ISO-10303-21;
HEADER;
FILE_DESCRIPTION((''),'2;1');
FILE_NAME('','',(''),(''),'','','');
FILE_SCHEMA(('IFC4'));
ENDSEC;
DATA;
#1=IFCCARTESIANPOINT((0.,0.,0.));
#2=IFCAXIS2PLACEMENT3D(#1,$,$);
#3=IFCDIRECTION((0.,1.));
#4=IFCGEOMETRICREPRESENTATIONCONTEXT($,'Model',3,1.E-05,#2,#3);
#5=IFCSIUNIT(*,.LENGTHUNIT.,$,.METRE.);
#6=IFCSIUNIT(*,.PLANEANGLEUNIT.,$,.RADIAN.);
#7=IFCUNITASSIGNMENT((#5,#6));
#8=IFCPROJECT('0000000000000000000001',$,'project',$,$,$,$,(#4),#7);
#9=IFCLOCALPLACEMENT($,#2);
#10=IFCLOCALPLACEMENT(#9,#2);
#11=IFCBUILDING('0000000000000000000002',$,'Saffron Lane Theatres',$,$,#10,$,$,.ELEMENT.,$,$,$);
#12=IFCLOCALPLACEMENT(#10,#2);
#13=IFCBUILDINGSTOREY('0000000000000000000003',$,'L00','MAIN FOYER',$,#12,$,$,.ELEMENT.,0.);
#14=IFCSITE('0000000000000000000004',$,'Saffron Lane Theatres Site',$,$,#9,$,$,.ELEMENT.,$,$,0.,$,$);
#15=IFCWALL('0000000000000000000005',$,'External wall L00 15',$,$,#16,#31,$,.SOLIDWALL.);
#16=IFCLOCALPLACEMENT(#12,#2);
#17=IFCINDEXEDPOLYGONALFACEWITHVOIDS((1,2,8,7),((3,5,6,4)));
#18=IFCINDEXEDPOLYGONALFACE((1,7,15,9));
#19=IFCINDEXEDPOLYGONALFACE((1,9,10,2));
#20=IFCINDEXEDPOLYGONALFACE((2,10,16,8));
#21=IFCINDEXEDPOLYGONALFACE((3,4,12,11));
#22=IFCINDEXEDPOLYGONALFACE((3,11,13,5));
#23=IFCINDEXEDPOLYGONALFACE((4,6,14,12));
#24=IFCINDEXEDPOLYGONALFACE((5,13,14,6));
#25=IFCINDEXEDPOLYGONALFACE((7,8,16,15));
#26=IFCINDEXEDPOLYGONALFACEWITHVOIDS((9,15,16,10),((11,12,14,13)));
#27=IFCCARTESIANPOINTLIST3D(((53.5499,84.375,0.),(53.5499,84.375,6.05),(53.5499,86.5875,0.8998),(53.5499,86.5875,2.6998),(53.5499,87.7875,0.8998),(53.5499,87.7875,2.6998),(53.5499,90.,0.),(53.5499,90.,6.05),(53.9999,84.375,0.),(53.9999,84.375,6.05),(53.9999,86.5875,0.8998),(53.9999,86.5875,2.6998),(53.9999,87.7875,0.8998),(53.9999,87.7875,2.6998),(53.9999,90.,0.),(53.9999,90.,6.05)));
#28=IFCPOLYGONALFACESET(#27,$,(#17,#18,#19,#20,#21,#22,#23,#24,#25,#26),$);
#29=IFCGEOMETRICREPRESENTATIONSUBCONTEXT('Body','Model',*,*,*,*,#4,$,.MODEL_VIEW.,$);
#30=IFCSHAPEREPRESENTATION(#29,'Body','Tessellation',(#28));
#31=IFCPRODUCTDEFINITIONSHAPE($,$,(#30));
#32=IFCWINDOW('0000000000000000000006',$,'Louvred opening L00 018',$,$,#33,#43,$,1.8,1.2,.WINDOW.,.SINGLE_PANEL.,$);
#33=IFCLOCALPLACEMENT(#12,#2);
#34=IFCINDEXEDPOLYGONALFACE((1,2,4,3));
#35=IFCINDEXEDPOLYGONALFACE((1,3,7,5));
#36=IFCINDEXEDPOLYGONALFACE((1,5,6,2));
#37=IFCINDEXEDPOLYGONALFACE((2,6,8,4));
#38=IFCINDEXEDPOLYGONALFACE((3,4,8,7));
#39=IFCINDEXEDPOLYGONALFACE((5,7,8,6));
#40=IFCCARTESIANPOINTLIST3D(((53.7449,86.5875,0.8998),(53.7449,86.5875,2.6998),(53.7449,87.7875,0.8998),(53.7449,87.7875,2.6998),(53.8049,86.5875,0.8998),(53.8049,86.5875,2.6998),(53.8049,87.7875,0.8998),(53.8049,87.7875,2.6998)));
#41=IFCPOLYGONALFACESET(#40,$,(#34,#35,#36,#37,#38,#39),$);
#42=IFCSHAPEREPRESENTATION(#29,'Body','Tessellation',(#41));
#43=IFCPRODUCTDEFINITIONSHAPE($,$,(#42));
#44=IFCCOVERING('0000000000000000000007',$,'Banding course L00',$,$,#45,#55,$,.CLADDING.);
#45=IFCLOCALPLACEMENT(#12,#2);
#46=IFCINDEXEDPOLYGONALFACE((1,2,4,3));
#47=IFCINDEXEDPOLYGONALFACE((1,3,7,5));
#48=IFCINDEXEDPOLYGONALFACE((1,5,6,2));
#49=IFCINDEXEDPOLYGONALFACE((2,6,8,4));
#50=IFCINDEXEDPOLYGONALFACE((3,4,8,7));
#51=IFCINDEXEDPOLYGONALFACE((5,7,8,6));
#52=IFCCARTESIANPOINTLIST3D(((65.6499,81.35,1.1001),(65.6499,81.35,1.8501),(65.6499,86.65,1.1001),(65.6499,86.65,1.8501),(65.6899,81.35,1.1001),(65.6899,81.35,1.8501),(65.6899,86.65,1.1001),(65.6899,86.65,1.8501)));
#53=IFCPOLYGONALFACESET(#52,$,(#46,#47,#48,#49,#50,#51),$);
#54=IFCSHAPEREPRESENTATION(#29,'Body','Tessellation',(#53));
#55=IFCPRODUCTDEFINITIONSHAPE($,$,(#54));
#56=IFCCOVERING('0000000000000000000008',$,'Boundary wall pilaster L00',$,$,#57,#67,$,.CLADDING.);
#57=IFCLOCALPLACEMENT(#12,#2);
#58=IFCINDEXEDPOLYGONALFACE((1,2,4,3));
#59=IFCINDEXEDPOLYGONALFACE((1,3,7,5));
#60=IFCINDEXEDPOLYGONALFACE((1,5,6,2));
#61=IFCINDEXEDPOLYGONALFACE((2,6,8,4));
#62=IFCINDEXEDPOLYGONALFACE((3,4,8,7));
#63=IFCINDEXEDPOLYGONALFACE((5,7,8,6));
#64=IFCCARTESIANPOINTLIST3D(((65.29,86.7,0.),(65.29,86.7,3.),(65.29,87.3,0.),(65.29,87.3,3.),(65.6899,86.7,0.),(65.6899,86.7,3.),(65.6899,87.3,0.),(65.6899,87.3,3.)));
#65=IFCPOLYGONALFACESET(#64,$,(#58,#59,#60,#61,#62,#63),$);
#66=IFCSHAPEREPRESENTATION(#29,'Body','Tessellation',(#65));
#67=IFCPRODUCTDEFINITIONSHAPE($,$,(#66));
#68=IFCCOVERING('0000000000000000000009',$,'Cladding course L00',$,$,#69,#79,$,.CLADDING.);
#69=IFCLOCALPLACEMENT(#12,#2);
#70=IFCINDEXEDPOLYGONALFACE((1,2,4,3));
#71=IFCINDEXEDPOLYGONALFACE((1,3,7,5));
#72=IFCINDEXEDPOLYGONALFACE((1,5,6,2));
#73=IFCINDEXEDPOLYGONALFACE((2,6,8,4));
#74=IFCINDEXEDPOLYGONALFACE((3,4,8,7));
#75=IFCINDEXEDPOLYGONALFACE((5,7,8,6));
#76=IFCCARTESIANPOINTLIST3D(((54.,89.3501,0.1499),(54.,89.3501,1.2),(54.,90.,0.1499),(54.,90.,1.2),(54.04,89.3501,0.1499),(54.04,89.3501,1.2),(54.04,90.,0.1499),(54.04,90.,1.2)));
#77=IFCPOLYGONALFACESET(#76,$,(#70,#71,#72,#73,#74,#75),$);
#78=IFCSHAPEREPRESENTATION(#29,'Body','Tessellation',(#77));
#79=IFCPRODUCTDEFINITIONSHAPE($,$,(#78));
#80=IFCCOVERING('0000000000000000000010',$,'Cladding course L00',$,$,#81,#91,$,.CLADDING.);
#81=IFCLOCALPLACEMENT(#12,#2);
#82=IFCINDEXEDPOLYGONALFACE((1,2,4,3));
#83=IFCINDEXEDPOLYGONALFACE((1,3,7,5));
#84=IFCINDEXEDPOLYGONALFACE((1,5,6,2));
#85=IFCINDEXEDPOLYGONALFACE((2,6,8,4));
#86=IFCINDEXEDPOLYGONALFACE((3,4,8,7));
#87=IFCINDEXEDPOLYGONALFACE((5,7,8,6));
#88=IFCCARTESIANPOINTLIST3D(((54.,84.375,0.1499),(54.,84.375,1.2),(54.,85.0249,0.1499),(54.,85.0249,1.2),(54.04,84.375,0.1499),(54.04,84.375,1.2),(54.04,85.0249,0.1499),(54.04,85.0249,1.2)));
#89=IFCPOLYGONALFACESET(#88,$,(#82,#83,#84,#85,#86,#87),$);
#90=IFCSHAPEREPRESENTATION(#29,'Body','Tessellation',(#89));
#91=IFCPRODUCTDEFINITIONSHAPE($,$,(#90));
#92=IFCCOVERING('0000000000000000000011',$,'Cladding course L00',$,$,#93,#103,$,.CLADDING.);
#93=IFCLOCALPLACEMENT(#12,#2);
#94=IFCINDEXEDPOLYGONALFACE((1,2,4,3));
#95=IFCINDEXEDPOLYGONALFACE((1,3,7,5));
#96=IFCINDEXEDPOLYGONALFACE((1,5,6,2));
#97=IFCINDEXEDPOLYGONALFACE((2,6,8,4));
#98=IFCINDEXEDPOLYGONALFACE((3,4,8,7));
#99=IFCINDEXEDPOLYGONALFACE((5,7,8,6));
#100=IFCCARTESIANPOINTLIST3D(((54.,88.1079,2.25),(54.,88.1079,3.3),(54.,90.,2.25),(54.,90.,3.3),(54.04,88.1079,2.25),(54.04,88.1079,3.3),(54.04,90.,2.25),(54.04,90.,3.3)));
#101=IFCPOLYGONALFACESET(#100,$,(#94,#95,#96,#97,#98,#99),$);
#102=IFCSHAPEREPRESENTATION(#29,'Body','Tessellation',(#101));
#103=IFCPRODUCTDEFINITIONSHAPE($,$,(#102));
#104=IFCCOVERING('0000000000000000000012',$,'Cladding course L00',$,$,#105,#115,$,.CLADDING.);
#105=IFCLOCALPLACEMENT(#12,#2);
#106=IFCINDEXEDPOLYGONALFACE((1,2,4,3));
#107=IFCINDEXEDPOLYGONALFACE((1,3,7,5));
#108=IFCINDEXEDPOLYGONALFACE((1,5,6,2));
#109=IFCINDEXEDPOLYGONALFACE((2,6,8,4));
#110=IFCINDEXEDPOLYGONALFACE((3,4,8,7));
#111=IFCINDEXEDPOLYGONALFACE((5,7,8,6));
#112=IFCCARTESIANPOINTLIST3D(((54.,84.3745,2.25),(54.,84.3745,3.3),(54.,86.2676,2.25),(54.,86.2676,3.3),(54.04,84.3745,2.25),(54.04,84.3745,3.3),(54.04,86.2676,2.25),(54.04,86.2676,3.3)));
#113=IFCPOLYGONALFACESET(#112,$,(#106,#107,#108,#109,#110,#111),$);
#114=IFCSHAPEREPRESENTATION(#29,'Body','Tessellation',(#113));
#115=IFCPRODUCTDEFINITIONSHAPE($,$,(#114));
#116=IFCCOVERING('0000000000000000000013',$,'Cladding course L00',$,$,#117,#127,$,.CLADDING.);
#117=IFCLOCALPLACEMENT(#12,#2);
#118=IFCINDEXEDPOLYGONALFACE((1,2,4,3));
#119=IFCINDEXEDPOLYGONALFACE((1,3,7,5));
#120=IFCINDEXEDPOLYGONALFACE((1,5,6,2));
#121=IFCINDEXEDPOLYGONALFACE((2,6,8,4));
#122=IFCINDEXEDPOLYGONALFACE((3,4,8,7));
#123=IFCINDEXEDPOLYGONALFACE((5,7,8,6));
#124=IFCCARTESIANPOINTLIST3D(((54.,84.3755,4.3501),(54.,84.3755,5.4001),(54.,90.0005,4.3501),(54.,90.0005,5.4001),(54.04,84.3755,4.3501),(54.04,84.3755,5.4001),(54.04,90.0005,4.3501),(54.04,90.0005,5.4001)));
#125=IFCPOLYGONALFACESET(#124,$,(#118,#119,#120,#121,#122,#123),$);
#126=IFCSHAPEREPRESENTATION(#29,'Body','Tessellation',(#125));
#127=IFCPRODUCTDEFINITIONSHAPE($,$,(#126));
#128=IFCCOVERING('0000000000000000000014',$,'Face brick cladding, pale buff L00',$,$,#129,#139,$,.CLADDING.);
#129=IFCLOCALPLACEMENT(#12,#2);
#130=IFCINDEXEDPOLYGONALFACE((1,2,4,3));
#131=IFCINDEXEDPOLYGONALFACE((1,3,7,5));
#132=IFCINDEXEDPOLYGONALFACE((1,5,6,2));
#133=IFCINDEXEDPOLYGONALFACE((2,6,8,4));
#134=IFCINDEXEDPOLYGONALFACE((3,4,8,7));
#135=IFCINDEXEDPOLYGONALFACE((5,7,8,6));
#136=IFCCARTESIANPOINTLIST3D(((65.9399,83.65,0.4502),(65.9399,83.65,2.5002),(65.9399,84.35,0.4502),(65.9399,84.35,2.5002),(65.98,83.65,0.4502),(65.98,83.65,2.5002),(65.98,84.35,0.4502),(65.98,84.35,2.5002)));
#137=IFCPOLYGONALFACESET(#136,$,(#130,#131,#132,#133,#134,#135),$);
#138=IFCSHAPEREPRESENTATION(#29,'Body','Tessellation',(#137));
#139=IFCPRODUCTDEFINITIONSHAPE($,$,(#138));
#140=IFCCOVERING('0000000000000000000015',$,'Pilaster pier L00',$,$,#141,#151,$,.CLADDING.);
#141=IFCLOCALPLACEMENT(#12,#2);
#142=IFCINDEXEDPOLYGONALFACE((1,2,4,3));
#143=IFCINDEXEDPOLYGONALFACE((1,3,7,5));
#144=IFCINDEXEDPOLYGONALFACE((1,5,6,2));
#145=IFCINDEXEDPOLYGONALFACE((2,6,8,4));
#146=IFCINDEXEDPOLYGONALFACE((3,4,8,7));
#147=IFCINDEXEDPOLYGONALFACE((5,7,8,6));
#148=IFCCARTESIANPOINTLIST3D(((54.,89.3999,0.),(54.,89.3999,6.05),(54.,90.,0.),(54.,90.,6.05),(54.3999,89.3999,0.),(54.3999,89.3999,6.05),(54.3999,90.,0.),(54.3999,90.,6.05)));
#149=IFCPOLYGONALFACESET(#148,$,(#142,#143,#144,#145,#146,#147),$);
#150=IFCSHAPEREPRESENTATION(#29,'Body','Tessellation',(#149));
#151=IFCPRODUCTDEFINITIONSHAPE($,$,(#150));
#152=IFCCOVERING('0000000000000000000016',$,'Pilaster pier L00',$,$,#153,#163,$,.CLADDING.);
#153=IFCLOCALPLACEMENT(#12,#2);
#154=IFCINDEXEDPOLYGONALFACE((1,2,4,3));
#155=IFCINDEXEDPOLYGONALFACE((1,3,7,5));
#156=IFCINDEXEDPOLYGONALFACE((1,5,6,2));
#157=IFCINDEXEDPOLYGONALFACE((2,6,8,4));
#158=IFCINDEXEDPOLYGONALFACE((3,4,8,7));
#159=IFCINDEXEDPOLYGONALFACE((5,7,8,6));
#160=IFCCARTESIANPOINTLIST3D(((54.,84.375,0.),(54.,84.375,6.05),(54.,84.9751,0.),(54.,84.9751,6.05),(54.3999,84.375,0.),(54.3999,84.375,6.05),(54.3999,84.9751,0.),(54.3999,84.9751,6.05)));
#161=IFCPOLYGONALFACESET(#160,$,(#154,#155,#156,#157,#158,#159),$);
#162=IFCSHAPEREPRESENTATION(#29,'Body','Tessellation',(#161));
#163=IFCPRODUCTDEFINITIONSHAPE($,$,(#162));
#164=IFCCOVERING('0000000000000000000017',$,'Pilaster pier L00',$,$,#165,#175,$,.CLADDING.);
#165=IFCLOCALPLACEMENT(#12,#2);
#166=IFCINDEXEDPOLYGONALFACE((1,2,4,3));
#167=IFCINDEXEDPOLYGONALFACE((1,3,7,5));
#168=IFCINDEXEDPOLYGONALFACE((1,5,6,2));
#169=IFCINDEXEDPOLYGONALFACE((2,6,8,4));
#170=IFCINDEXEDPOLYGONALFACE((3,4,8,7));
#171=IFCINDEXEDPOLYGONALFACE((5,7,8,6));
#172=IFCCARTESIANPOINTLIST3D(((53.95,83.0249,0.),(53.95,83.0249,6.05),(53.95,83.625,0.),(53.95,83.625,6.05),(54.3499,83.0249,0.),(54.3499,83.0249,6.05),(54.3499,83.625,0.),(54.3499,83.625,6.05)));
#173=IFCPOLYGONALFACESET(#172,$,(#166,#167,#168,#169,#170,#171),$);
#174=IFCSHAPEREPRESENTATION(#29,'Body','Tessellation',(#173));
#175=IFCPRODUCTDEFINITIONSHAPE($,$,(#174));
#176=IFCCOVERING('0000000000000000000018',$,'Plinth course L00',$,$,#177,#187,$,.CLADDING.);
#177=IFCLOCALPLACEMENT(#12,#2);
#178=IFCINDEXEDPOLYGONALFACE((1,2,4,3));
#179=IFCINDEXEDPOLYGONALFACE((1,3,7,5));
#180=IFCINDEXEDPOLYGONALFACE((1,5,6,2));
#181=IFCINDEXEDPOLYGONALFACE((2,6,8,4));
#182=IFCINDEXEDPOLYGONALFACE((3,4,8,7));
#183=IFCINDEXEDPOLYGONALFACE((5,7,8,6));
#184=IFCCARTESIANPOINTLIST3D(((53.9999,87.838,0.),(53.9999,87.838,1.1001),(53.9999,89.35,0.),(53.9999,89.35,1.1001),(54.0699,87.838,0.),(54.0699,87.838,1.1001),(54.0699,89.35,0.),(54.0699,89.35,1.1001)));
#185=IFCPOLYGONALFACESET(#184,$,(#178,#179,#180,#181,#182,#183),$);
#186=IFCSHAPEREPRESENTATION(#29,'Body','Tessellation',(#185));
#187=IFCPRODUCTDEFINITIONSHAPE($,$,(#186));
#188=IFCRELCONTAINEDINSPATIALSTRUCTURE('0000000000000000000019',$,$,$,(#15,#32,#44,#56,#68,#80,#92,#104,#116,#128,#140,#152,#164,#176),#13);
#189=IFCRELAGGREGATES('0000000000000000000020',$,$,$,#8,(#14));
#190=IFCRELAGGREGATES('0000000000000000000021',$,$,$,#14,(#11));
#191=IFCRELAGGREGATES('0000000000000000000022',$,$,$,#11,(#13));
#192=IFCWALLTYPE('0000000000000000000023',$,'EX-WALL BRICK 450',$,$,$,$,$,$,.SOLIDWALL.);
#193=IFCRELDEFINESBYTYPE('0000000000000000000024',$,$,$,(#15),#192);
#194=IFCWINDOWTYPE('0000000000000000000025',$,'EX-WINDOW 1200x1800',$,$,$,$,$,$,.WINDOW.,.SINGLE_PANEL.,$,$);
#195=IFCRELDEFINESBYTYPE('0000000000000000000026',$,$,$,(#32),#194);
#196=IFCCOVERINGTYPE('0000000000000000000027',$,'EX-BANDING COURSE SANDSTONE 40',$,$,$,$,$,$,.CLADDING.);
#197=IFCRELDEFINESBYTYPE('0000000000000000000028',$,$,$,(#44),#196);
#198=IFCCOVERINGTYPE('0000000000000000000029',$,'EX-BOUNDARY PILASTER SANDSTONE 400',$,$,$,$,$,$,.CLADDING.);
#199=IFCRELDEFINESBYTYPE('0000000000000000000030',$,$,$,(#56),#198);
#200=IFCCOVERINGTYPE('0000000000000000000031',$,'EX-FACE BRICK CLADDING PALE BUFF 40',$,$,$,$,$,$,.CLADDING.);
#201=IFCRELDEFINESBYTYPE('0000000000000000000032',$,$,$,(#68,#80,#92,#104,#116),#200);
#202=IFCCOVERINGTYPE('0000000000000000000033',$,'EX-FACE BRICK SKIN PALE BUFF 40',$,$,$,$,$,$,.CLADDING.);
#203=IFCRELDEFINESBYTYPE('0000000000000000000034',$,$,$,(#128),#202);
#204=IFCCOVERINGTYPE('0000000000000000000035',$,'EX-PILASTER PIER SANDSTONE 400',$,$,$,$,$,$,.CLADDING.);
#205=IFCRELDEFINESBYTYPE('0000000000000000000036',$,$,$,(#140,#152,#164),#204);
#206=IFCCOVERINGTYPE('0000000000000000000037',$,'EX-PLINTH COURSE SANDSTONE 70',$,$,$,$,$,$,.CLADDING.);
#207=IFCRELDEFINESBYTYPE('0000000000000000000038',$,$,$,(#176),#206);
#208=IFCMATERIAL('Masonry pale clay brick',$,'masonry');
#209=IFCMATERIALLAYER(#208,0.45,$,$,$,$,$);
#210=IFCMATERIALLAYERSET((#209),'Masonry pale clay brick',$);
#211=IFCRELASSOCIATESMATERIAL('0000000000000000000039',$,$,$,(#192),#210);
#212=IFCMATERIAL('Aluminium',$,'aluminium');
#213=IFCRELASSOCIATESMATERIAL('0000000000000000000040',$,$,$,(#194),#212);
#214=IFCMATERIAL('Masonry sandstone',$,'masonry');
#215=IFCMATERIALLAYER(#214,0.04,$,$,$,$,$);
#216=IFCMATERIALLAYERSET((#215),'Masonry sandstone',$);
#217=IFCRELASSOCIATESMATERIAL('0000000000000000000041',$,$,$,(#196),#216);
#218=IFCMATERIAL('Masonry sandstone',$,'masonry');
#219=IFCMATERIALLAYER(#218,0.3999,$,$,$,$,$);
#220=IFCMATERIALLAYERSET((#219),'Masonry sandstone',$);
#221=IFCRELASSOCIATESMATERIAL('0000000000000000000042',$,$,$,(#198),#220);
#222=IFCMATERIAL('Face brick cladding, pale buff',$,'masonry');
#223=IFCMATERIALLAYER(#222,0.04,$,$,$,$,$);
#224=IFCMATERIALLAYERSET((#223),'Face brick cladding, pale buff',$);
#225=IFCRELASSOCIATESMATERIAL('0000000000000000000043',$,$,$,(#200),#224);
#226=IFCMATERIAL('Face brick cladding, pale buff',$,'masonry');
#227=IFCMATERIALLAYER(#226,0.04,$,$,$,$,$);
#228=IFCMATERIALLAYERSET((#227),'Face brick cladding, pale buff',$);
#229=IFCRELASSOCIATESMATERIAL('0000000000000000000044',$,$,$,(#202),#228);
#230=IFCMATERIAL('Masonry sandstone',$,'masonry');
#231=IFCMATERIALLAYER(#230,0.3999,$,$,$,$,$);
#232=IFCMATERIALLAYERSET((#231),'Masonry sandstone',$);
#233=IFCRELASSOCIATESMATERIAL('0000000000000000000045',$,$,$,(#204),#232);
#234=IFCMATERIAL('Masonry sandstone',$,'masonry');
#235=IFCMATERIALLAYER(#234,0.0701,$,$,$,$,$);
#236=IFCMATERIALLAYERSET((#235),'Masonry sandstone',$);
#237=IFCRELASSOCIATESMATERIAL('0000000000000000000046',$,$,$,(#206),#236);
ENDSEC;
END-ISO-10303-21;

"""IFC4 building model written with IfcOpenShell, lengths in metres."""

from ifc_helpers import new_model, si_unit, direction, frame, frame_2d, origin, origin_2d, place, context, subcontext, project, spatial, rectangle, extrude, material, layer, layer_set, type_object, element, fill, save


model = new_model("IFC4")

# Units and contexts
model_context = context("Model", 3, precision=1e-05, world=origin(), true_north=direction((0.0, 1.0)))
body_context = subcontext(model_context, "Body", "Model", "MODEL_VIEW")
ifc_project = project(units=[si_unit("LENGTHUNIT", "METRE"), si_unit("PLANEANGLEUNIT", "RADIAN")], contexts=[model_context])

# Site, building, storey
site_placement = place(None, origin())
site = spatial("IfcSite", under=ifc_project, at=site_placement, Name="Saffron Lane Theatres Site", CompositionType="ELEMENT", RefElevation=0.0)
building_placement = place(site_placement, origin())
building = spatial("IfcBuilding", under=site, at=building_placement, Name="Saffron Lane Theatres", CompositionType="ELEMENT")
storey_placement = place(building_placement, origin())
storey = spatial("IfcBuildingStorey", under=building, at=storey_placement, Name="L00", Description="MAIN FOYER", CompositionType="ELEMENT", Elevation=0.0)

# Wall, opening, window
ifc_material_1 = material(Name="Masonry pale clay brick", Category="masonry")
ifc_layer_1 = layer(ifc_material_1, 0.45)
ifc_layer_set_1 = layer_set([ifc_layer_1], Name="Masonry pale clay brick")
wall_type = type_object("IfcWallType", Name="EX-WALL BRICK 450", PredefinedType="SOLIDWALL", material=ifc_layer_set_1)
wall_placement = place(storey_placement, frame((53.7749, 90.0, 0.0), z_axis=(0.0, 0.0, 1.0), x_axis=(0.0, -1.0, 0.0)))
wall = element("IfcWall", 1, at=wall_placement, inside=storey, type_object=wall_type, Name="External wall L00 15", PredefinedType="SOLIDWALL", context=body_context, shape_type="SweptSolid", body=[
    extrude(rectangle(XDim=5.625, YDim=0.45, at=frame_2d((2.8125, 0.0))), origin(), (0.0, 0.0, 1.0), 6.05),
])
opening_placement = place(wall_placement, frame((2.2124, 0.0, 0.8999)))
opening = element("IfcOpeningElement", 2, at=opening_placement, cuts=wall, PredefinedType="OPENING", context=body_context, shape_type="SweptSolid", body=[
    extrude(rectangle(XDim=1.2, YDim=1.8, at=frame_2d((0.6001, 0.8999))), frame((0.0, 0.2349, 0.0), z_axis=(0.0, -1.0, 0.0), x_axis=(1.0, 0.0, 0.0)), (0.0, 0.0, 1.0), 0.47),
])
ifc_material_2 = material(Name="Aluminium", Category="aluminium")
window_type = type_object("IfcWindowType", Name="EX-WINDOW 1200x1800", PartitioningType="SINGLE_PANEL", PredefinedType="WINDOW", material=ifc_material_2)
window_placement = place(opening_placement, origin())
window = element("IfcWindow", 3, at=window_placement, inside=storey, type_object=window_type, Name="Louvred opening L00 018", OverallHeight=1.8, OverallWidth=1.2, PartitioningType="SINGLE_PANEL", PredefinedType="WINDOW", context=body_context, shape_type="SweptSolid", body=[
    extrude(rectangle(XDim=1.2, YDim=1.8, at=frame_2d((0.6001, 0.8999))), frame((0.0, 0.03, 0.0), z_axis=(0.0, -1.0, 0.0), x_axis=(1.0, 0.0, 0.0)), (0.0, 0.0, 1.0), 0.0601),
])
fill(opening, window)

# Coverings
ifc_material_3 = material(Name="Masonry sandstone", Category="masonry")
ifc_layer_2 = layer(ifc_material_3, 0.04)
ifc_layer_set_2 = layer_set([ifc_layer_2], Name="Masonry sandstone")
covering_type_1 = type_object("IfcCoveringType", Name="EX-BANDING COURSE SANDSTONE 40", PredefinedType="CLADDING", material=ifc_layer_set_2)
covering_1_placement = place(storey_placement, frame((65.6699, 84.0, 1.1001), z_axis=(0.0, 0.0, 1.0), x_axis=(0.0, 1.0, 0.0)))
element("IfcCovering", 4, at=covering_1_placement, inside=storey, type_object=covering_type_1, Name="Banding course L00", PredefinedType="CLADDING", context=body_context, shape_type="SweptSolid", body=[
    extrude(rectangle(XDim=5.3, YDim=0.04, at=origin_2d()), origin(), (0.0, 0.0, 1.0), 0.75),
])
ifc_material_4 = material(Name="Masonry sandstone", Category="masonry")
ifc_layer_3 = layer(ifc_material_4, 0.3999)
ifc_layer_set_3 = layer_set([ifc_layer_3], Name="Masonry sandstone")
covering_type_2 = type_object("IfcCoveringType", Name="EX-BOUNDARY PILASTER SANDSTONE 400", PredefinedType="CLADDING", material=ifc_layer_set_3)
covering_2_placement = place(storey_placement, frame((65.49, 87.0, 0.0), z_axis=(0.0, 0.0, 1.0), x_axis=(0.0, 1.0, 0.0)))
element("IfcCovering", 5, at=covering_2_placement, inside=storey, type_object=covering_type_2, Name="Boundary wall pilaster L00", PredefinedType="CLADDING", context=body_context, shape_type="SweptSolid", body=[
    extrude(rectangle(XDim=0.6001, YDim=0.3999, at=origin_2d()), origin(), (0.0, 0.0, 1.0), 3.0),
])
ifc_material_5 = material(Name="Face brick cladding, pale buff", Category="masonry")
ifc_layer_4 = layer(ifc_material_5, 0.04)
ifc_layer_set_4 = layer_set([ifc_layer_4], Name="Face brick cladding, pale buff")
covering_type_3 = type_object("IfcCoveringType", Name="EX-FACE BRICK CLADDING PALE BUFF 40", PredefinedType="CLADDING", material=ifc_layer_set_4)
for number, where, z_axis, x_axis, name in (
    (6, (54.02, 89.675, 0.1499), (0.0, 0.0, 1.0), (0.0, -1.0, 0.0), "Cladding course L00"),
    (7, (54.02, 84.7, 0.1499), (0.0, 0.0, 1.0), (0.0, -1.0, 0.0), "Cladding course L00"),
):
    element("IfcCovering", number, at=place(storey_placement, frame(where, z_axis=z_axis, x_axis=x_axis)), inside=storey, type_object=covering_type_3, Name=name, PredefinedType="CLADDING", context=body_context, shape_type="SweptSolid", body=[
        extrude(rectangle(XDim=0.6499, YDim=0.04, at=origin_2d()), origin(), (0.0, 0.0, 1.0), 1.05),
    ])
covering_3_placement = place(storey_placement, frame((54.02, 89.054, 2.25), z_axis=(0.0, 0.0, 1.0), x_axis=(0.0, -1.0, 0.0)))
element("IfcCovering", 8, at=covering_3_placement, inside=storey, type_object=covering_type_3, Name="Cladding course L00", PredefinedType="CLADDING", context=body_context, shape_type="SweptSolid", body=[
    extrude(rectangle(XDim=1.8921, YDim=0.04, at=origin_2d()), origin(), (0.0, 0.0, 1.0), 1.05),
])
covering_4_placement = place(storey_placement, frame((54.02, 85.321, 2.25), z_axis=(0.0, 0.0, 1.0), x_axis=(0.0, -1.0, 0.0)))
element("IfcCovering", 9, at=covering_4_placement, inside=storey, type_object=covering_type_3, Name="Cladding course L00", PredefinedType="CLADDING", context=body_context, shape_type="SweptSolid", body=[
    extrude(rectangle(XDim=1.8931, YDim=0.04, at=origin_2d()), origin(), (0.0, 0.0, 1.0), 1.05),
])
covering_5_placement = place(storey_placement, frame((54.02, 87.188, 4.3501), z_axis=(0.0, 0.0, 1.0), x_axis=(0.0, -1.0, 0.0)))
element("IfcCovering", 10, at=covering_5_placement, inside=storey, type_object=covering_type_3, Name="Cladding course L00", PredefinedType="CLADDING", context=body_context, shape_type="SweptSolid", body=[
    extrude(rectangle(XDim=5.625, YDim=0.04, at=origin_2d()), origin(), (0.0, 0.0, 1.0), 1.05),
])
ifc_material_6 = material(Name="Face brick cladding, pale buff", Category="masonry")
ifc_layer_5 = layer(ifc_material_6, 0.04)
ifc_layer_set_5 = layer_set([ifc_layer_5], Name="Face brick cladding, pale buff")
covering_type_4 = type_object("IfcCoveringType", Name="EX-FACE BRICK SKIN PALE BUFF 40", PredefinedType="CLADDING", material=ifc_layer_set_5)
covering_6_placement = place(storey_placement, frame((65.96, 84.0, 0.4502), z_axis=(0.0, 0.0, 1.0), x_axis=(0.0, 1.0, 0.0)))
element("IfcCovering", 11, at=covering_6_placement, inside=storey, type_object=covering_type_4, Name="Face brick cladding, pale buff L00", PredefinedType="CLADDING", context=body_context, shape_type="SweptSolid", body=[
    extrude(rectangle(XDim=0.7, YDim=0.04, at=origin_2d()), origin(), (0.0, 0.0, 1.0), 2.05),
])
ifc_material_7 = material(Name="Masonry sandstone", Category="masonry")
ifc_layer_6 = layer(ifc_material_7, 0.3999)
ifc_layer_set_6 = layer_set([ifc_layer_6], Name="Masonry sandstone")
covering_type_5 = type_object("IfcCoveringType", Name="EX-PILASTER PIER SANDSTONE 400", PredefinedType="CLADDING", material=ifc_layer_set_6)
for number, where, z_axis, x_axis, name in (
    (12, (54.2, 89.7, 0.0), (0.0, 0.0, 1.0), (0.0, -1.0, 0.0), "Pilaster pier L00"),
    (13, (54.2, 84.675, 0.0), (0.0, 0.0, 1.0), (0.0, -1.0, 0.0), "Pilaster pier L00"),
    (14, (54.1499, 83.325, 0.0), (0.0, 0.0, 1.0), (0.0, -1.0, 0.0), "Pilaster pier L00"),
):
    element("IfcCovering", number, at=place(storey_placement, frame(where, z_axis=z_axis, x_axis=x_axis)), inside=storey, type_object=covering_type_5, Name=name, PredefinedType="CLADDING", context=body_context, shape_type="SweptSolid", body=[
        extrude(rectangle(XDim=0.6001, YDim=0.3999, at=origin_2d()), origin(), (0.0, 0.0, 1.0), 6.05),
    ])
ifc_material_8 = material(Name="Masonry sandstone", Category="masonry")
ifc_layer_7 = layer(ifc_material_8, 0.0701)
ifc_layer_set_7 = layer_set([ifc_layer_7], Name="Masonry sandstone")
covering_type_6 = type_object("IfcCoveringType", Name="EX-PLINTH COURSE SANDSTONE 70", PredefinedType="CLADDING", material=ifc_layer_set_7)
covering_7_placement = place(storey_placement, frame((54.0349, 88.594, 0.0), z_axis=(0.0, 0.0, 1.0), x_axis=(0.0, -1.0, 0.0)))
element("IfcCovering", 15, at=covering_7_placement, inside=storey, type_object=covering_type_6, Name="Plinth course L00", PredefinedType="CLADDING", context=body_context, shape_type="SweptSolid", body=[
    extrude(rectangle(XDim=1.512, YDim=0.0701, at=origin_2d()), origin(), (0.0, 0.0, 1.0), 1.1001),
])

save(model, "model.ifc")
